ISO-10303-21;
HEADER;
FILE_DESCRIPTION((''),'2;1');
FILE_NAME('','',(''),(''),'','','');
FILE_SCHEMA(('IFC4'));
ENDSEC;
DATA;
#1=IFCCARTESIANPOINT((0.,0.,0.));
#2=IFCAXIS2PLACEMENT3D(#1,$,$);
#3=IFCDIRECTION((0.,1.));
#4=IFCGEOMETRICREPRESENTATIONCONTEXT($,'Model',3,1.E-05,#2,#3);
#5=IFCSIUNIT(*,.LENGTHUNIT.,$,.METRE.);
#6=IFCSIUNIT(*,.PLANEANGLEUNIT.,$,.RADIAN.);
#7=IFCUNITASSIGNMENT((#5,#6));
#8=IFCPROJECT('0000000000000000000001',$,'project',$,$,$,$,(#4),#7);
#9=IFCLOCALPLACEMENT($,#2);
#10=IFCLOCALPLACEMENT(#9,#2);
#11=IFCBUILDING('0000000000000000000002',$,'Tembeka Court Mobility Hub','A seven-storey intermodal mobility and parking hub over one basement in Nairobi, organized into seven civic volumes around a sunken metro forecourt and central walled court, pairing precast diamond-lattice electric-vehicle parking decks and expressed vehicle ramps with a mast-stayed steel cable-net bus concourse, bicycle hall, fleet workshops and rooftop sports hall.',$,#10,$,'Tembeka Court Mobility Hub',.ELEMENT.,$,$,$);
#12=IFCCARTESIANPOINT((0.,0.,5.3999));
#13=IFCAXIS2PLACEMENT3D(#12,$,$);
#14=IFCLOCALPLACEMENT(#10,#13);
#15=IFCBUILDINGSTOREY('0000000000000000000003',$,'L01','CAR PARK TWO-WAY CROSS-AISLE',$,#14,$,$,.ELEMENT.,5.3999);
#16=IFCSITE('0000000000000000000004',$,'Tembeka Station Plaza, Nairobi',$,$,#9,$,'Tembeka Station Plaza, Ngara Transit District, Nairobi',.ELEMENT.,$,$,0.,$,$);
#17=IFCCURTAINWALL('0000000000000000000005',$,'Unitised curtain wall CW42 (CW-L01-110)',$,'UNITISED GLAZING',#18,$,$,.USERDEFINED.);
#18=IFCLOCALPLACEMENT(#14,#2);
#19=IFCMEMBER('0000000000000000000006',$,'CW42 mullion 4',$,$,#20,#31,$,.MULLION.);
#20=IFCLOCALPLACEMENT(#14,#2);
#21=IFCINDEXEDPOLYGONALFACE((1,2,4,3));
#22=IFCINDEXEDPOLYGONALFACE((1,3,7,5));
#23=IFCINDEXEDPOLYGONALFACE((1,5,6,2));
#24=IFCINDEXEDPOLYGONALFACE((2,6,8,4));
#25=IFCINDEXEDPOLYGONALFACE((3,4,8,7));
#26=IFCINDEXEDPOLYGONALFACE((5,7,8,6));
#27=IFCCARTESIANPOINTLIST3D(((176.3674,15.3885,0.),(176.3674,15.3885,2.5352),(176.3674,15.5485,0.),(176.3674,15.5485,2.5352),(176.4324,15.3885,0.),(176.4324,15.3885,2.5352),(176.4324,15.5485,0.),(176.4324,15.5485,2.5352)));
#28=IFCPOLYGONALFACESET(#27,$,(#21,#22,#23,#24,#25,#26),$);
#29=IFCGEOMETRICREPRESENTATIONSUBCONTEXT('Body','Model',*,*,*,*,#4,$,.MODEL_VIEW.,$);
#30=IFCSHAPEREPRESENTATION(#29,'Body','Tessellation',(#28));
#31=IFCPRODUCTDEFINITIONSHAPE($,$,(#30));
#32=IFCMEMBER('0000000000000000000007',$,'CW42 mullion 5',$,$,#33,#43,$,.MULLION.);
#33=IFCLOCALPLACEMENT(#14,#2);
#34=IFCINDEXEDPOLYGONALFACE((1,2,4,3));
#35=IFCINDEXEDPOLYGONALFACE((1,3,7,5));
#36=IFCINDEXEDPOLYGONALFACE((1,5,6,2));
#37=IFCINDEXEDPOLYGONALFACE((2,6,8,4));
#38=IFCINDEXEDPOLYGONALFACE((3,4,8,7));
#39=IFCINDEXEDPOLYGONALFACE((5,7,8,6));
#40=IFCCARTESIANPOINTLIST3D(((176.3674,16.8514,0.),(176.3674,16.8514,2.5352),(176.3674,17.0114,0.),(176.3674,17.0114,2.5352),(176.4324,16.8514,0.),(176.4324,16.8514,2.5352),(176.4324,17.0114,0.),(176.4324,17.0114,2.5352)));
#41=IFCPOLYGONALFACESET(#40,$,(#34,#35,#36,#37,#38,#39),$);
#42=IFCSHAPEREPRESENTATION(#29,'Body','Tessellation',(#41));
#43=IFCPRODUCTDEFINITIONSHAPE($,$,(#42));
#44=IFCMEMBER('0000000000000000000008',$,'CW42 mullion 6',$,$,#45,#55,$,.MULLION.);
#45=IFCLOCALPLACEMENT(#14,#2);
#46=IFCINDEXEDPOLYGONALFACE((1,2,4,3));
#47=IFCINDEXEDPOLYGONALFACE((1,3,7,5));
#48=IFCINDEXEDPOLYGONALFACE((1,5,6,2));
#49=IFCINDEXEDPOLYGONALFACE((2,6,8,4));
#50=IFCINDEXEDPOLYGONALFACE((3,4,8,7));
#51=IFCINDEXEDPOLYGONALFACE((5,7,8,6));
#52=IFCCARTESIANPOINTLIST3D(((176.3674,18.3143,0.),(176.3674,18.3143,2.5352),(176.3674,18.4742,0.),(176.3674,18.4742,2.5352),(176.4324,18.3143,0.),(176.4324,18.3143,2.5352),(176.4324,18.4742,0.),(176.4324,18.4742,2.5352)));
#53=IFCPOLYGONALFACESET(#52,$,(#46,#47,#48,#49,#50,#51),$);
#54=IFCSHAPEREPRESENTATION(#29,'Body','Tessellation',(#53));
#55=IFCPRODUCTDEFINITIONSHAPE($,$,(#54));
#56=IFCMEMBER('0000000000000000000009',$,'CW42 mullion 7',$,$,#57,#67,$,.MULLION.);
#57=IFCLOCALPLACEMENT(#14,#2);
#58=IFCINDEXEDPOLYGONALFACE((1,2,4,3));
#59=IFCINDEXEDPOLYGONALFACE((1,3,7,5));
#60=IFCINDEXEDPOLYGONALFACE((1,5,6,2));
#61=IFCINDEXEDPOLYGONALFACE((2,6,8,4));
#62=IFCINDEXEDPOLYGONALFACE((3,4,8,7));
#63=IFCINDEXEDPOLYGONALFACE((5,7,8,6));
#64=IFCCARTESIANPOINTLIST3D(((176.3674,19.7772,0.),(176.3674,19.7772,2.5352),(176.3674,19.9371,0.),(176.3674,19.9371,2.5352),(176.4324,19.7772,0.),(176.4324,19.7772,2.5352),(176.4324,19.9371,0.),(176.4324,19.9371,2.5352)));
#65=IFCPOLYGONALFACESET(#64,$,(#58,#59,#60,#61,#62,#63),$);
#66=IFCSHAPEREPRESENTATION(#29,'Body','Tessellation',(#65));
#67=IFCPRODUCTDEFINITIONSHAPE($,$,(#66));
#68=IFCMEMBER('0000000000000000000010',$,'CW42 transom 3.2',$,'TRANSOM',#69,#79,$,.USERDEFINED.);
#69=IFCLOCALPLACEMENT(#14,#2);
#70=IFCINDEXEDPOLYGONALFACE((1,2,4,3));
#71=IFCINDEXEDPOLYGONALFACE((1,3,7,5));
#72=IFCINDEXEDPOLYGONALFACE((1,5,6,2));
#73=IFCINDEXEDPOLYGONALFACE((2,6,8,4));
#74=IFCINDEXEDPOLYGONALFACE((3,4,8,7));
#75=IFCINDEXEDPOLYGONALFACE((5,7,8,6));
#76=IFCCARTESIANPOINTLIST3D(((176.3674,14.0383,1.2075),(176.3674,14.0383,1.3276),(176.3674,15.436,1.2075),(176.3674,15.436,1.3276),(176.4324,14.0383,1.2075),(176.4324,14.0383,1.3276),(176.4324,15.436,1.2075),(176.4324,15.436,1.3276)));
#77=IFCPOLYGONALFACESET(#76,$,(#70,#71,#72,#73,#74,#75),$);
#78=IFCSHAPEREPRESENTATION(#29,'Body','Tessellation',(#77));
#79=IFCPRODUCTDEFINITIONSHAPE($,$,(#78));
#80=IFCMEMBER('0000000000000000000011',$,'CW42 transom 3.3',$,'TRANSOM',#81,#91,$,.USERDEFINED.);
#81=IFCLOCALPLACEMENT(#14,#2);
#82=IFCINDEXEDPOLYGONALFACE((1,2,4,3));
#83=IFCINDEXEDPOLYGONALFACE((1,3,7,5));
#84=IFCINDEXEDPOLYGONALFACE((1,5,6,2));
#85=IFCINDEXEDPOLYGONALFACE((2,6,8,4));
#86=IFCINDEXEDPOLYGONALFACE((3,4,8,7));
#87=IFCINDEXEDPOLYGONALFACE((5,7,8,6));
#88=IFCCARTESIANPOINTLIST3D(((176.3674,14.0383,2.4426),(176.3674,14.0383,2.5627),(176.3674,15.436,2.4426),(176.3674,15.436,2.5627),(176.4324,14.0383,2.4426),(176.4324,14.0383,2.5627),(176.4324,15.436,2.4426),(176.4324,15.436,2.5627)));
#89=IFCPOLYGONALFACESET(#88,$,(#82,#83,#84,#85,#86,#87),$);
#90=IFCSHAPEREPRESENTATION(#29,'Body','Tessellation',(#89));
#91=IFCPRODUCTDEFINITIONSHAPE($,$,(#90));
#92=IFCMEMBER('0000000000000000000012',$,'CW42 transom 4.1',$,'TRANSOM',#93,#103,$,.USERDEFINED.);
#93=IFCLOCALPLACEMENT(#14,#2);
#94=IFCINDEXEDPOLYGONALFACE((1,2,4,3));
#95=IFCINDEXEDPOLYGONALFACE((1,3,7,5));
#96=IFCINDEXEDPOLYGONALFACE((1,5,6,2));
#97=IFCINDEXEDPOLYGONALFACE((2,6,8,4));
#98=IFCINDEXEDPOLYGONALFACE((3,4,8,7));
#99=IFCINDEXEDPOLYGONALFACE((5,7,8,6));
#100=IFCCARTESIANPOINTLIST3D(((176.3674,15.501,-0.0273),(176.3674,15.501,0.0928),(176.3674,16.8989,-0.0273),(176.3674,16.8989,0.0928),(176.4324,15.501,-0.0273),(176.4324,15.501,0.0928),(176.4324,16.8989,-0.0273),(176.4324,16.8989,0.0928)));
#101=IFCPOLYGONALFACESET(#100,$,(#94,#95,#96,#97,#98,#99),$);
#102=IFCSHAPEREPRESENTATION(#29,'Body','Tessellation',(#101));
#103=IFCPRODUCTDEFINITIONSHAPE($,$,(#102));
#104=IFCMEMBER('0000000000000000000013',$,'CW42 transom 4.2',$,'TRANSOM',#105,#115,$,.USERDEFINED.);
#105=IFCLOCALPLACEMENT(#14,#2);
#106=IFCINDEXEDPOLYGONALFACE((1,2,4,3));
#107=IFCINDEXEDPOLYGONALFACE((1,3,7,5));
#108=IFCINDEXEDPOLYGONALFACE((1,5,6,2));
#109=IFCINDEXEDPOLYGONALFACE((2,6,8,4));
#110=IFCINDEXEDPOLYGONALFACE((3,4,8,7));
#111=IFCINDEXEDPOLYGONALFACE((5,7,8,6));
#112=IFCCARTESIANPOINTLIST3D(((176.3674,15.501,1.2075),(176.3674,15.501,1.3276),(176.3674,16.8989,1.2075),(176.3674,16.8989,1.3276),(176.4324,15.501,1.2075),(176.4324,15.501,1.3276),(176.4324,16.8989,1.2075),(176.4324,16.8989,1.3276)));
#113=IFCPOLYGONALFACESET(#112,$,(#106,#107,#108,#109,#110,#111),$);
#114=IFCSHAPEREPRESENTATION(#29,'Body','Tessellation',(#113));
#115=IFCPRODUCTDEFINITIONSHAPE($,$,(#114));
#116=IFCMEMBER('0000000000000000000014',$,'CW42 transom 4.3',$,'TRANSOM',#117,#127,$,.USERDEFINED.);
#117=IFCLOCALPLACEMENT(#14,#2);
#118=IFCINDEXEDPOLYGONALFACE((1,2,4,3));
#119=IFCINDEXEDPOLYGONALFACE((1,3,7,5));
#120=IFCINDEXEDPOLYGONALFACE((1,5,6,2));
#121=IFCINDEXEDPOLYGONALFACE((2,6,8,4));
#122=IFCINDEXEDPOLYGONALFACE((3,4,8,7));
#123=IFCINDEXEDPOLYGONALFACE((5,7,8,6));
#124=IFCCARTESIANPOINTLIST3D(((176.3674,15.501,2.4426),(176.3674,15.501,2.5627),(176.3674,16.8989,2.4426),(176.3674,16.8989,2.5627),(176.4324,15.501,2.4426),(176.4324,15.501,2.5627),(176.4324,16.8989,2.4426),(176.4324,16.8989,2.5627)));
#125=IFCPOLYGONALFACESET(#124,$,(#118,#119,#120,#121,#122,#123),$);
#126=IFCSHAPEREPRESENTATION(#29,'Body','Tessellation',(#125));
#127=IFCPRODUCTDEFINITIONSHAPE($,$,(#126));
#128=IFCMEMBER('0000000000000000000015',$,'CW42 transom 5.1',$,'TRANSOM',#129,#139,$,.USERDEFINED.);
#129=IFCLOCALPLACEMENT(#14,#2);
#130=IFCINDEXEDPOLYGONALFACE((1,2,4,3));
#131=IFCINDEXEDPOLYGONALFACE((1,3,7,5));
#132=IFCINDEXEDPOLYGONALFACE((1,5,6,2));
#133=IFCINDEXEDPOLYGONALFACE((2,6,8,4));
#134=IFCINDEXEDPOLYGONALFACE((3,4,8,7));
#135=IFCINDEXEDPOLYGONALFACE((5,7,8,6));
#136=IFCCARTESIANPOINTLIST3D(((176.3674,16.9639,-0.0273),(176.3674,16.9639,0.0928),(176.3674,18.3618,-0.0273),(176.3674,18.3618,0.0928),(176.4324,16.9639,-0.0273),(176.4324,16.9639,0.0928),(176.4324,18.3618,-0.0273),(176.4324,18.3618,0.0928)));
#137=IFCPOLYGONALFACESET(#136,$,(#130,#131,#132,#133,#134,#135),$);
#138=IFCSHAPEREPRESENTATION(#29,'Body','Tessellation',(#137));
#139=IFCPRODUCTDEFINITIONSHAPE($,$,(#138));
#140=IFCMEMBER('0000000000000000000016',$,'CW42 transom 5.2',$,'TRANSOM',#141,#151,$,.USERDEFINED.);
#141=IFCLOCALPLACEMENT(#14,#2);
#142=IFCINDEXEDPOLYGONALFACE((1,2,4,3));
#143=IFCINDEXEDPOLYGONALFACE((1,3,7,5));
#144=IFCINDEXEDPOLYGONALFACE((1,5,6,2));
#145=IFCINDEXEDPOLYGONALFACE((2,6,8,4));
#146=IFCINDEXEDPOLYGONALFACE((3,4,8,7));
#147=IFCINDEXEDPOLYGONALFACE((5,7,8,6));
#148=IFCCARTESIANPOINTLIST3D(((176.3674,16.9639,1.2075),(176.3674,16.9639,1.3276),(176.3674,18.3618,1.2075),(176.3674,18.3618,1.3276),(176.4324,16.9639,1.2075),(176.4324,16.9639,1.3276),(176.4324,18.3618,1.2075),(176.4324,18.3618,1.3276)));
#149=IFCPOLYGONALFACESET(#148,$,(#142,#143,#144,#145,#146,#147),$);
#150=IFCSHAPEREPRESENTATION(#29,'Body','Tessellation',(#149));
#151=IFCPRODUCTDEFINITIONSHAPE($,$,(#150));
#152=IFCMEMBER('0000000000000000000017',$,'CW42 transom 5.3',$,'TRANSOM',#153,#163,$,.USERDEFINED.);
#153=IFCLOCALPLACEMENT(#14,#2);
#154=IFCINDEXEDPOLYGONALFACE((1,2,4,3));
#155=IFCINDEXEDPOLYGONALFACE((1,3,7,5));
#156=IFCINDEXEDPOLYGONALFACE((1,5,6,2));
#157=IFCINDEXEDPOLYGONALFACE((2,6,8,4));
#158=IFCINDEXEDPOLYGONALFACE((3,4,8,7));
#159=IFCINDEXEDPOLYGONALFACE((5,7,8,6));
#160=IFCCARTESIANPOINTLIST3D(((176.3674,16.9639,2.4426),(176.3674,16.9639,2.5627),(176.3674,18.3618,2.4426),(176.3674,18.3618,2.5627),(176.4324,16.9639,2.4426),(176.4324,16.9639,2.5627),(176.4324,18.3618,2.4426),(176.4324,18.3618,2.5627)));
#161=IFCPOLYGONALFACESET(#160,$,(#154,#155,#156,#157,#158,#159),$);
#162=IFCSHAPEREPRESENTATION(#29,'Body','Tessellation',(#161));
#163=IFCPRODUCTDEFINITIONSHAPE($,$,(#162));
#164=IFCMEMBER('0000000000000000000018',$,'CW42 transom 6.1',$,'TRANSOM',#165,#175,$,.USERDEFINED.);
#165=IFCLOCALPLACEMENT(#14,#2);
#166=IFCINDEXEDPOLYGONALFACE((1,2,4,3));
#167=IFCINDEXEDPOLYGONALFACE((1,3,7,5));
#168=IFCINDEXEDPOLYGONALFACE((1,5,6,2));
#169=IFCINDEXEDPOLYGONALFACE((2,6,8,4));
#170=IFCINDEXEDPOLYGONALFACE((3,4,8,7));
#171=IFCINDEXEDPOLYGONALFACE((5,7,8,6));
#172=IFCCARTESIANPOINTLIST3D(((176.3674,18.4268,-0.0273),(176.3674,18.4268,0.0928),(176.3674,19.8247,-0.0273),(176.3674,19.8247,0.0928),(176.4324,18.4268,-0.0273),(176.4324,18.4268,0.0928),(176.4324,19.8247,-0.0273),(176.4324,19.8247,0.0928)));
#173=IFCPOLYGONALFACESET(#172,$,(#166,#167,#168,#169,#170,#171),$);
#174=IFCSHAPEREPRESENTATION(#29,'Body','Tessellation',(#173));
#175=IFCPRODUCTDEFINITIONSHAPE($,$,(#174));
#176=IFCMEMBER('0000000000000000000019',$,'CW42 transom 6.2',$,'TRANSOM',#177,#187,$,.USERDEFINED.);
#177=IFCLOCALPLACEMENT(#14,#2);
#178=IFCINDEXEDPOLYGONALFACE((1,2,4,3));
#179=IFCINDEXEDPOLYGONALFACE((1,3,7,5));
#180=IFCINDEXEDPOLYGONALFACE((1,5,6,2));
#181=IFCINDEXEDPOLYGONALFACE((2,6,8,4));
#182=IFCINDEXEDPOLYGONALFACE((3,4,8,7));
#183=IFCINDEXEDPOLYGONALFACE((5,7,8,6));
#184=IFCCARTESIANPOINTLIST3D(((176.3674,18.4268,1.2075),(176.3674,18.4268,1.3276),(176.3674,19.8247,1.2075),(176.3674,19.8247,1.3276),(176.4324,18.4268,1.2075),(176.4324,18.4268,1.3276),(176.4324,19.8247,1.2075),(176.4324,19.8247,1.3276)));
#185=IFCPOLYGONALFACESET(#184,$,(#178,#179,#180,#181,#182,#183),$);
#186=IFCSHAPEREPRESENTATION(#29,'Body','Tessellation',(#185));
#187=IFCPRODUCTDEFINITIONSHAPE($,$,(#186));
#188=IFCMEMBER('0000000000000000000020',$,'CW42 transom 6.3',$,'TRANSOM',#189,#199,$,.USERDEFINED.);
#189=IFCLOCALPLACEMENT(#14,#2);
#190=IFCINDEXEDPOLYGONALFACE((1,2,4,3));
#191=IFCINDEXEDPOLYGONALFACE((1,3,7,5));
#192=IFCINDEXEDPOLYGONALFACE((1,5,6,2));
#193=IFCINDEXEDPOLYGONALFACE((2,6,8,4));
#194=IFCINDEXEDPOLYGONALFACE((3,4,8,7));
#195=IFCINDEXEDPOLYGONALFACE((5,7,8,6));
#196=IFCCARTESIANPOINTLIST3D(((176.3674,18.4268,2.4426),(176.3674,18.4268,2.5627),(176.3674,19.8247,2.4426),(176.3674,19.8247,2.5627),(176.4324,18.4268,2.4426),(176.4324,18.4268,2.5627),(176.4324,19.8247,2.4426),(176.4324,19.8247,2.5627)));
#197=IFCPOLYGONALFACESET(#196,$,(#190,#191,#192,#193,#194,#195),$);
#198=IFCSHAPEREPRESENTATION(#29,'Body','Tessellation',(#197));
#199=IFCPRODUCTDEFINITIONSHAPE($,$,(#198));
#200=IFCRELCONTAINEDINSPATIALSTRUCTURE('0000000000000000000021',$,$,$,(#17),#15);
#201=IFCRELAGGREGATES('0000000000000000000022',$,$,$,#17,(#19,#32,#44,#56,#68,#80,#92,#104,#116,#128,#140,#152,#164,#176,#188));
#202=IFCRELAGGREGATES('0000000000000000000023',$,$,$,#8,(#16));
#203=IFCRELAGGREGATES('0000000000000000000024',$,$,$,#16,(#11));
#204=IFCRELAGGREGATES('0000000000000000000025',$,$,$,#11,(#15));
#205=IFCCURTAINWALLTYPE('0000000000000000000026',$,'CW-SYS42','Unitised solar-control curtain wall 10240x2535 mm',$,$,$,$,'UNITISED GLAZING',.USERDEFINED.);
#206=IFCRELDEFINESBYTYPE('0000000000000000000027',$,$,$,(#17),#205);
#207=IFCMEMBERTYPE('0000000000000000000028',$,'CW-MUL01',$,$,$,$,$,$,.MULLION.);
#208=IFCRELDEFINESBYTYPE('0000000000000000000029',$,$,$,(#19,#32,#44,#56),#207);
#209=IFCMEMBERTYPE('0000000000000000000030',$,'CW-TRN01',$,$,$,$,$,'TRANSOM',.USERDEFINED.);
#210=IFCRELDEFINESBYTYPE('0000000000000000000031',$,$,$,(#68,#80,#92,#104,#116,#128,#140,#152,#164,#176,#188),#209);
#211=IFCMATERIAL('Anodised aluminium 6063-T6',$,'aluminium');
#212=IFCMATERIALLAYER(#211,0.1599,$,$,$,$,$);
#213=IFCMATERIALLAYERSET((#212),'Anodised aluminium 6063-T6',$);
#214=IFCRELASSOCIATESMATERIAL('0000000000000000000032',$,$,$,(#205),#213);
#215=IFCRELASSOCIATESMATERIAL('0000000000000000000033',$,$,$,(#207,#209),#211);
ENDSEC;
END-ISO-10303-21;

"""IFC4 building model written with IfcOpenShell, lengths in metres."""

from ifc_helpers import new_model, si_unit, direction, frame, origin, origin_2d, place, context, subcontext, project, spatial, rectangle, extrude, material, layer, layer_set, material_profile, profile_set, type_object, element, aggregate, save


model = new_model("IFC4")

# Units and contexts
model_context = context("Model", 3, precision=1e-05, world=origin(), true_north=direction((0.0, 1.0)))
body_context = subcontext(model_context, "Body", "Model", "MODEL_VIEW")
ifc_project = project(units=[si_unit("LENGTHUNIT", "METRE"), si_unit("PLANEANGLEUNIT", "RADIAN")], contexts=[model_context])

# Site, building, storey
site_placement = place(None, origin())
site = spatial("IfcSite", under=ifc_project, at=site_placement, Name="Tembeka Station Plaza, Nairobi", LongName="Tembeka Station Plaza, Ngara Transit District, Nairobi", CompositionType="ELEMENT", RefElevation=0.0)
building_placement = place(site_placement, origin())
building = spatial("IfcBuilding", under=site, at=building_placement, Name="Tembeka Court Mobility Hub", Description="A seven-storey intermodal mobility and parking hub over one basement in Nairobi, organized into seven civic volumes around a sunken metro forecourt and central walled court, pairing precast diamond-lattice electric-vehicle parking decks and expressed vehicle ramps with a mast-stayed steel cable-net bus concourse, bicycle hall, fleet workshops and rooftop sports hall.", LongName="Tembeka Court Mobility Hub", CompositionType="ELEMENT")
storey_placement = place(building_placement, frame((0.0, 0.0, 5.3999)))
storey = spatial("IfcBuildingStorey", under=building, at=storey_placement, Name="L01", Description="CAR PARK TWO-WAY CROSS-AISLE", CompositionType="ELEMENT", Elevation=5.3999)

# Curtain wall, members
ifc_material_1 = material(Name="Anodised aluminium 6063-T6", Category="aluminium")
ifc_layer_1 = layer(ifc_material_1, 0.1599)
ifc_layer_set_1 = layer_set([ifc_layer_1], Name="Anodised aluminium 6063-T6")
curtain_wall_type = type_object("IfcCurtainWallType", Name="CW-SYS42", Description="Unitised solar-control curtain wall 10240x2535 mm", ElementType="UNITISED GLAZING", PredefinedType="USERDEFINED", material=ifc_layer_set_1)
curtain_wall_placement = place(storey_placement, origin())
curtain_wall = element("IfcCurtainWall", 1, at=curtain_wall_placement, inside=storey, type_object=curtain_wall_type, Name="Unitised curtain wall CW42 (CW-L01-110)", ObjectType="UNITISED GLAZING", PredefinedType="USERDEFINED")
ifc_material_profile_1 = material_profile(ifc_material_1, rectangle(XDim=0.0649, YDim=0.1599, at=origin_2d()), Name="ALU-MUL 65x160")
ifc_profile_set_1 = profile_set([ifc_material_profile_1], Name="Anodised aluminium 6063-T6")
member_type_1 = type_object("IfcMemberType", Name="CW-MUL01", PredefinedType="MULLION", material=ifc_profile_set_1)
member_1_placement = place(storey_placement, frame((176.3999, 15.4685, 0.0), z_axis=(0.0, 0.0, 1.0), x_axis=(-1.0, 0.0, 0.0)))
member_1 = element("IfcMember", 2, at=member_1_placement, type_object=member_type_1, Name="CW42 mullion 4", PredefinedType="MULLION", context=body_context, shape_type="SweptSolid", body=[
    extrude(rectangle(XDim=0.0649, YDim=0.1599, at=origin_2d()), origin(), (0.0, 0.0, 1.0), 2.5352),
])
member_2_placement = place(storey_placement, frame((176.3999, 16.9314, 0.0), z_axis=(0.0, 0.0, 1.0), x_axis=(-1.0, 0.0, 0.0)))
member_2 = element("IfcMember", 3, at=member_2_placement, type_object=member_type_1, Name="CW42 mullion 5", PredefinedType="MULLION", context=body_context, shape_type="SweptSolid", body=[
    extrude(rectangle(XDim=0.0649, YDim=0.1599, at=origin_2d()), origin(), (0.0, 0.0, 1.0), 2.5352),
])
member_3_placement = place(storey_placement, frame((176.3999, 18.3943, 0.0), z_axis=(0.0, 0.0, 1.0), x_axis=(-1.0, 0.0, 0.0)))
member_3 = element("IfcMember", 4, at=member_3_placement, type_object=member_type_1, Name="CW42 mullion 6", PredefinedType="MULLION", context=body_context, shape_type="SweptSolid", body=[
    extrude(rectangle(XDim=0.0649, YDim=0.1599, at=origin_2d()), origin(), (0.0, 0.0, 1.0), 2.5352),
])
member_4_placement = place(storey_placement, frame((176.3999, 19.8572, 0.0), z_axis=(0.0, 0.0, 1.0), x_axis=(-1.0, 0.0, 0.0)))
member_4 = element("IfcMember", 5, at=member_4_placement, type_object=member_type_1, Name="CW42 mullion 7", PredefinedType="MULLION", context=body_context, shape_type="SweptSolid", body=[
    extrude(rectangle(XDim=0.0649, YDim=0.1599, at=origin_2d()), origin(), (0.0, 0.0, 1.0), 2.5352),
])
ifc_material_profile_2 = material_profile(ifc_material_1, rectangle(XDim=0.0649, YDim=0.1201, at=origin_2d()), Name="ALU-TRN 65x120")
ifc_profile_set_2 = profile_set([ifc_material_profile_2], Name="Anodised aluminium 6063-T6")
member_type_2 = type_object("IfcMemberType", Name="CW-TRN01", ElementType="TRANSOM", PredefinedType="USERDEFINED", material=ifc_profile_set_2)
member_5_placement = place(storey_placement, frame((176.3999, 14.0383, 1.2676), z_axis=(0.0, 1.0, 0.0), x_axis=(-1.0, 0.0, 0.0)))
member_5 = element("IfcMember", 6, at=member_5_placement, type_object=member_type_2, Name="CW42 transom 3.2", ObjectType="TRANSOM", PredefinedType="USERDEFINED", context=body_context, shape_type="SweptSolid", body=[
    extrude(rectangle(XDim=0.0649, YDim=0.1201, at=origin_2d()), origin(), (0.0, 0.0, 1.0), 1.3977),
])
member_6_placement = place(storey_placement, frame((176.3999, 14.0383, 2.5027), z_axis=(0.0, 1.0, 0.0), x_axis=(-1.0, 0.0, 0.0)))
member_6 = element("IfcMember", 7, at=member_6_placement, type_object=member_type_2, Name="CW42 transom 3.3", ObjectType="TRANSOM", PredefinedType="USERDEFINED", context=body_context, shape_type="SweptSolid", body=[
    extrude(rectangle(XDim=0.0649, YDim=0.1201, at=origin_2d()), origin(), (0.0, 0.0, 1.0), 1.3977),
])
member_7_placement = place(storey_placement, frame((176.3999, 15.501, 0.0327), z_axis=(0.0, 1.0, 0.0), x_axis=(-1.0, 0.0, 0.0)))
member_7 = element("IfcMember", 8, at=member_7_placement, type_object=member_type_2, Name="CW42 transom 4.1", ObjectType="TRANSOM", PredefinedType="USERDEFINED", context=body_context, shape_type="SweptSolid", body=[
    extrude(rectangle(XDim=0.0649, YDim=0.1201, at=origin_2d()), origin(), (0.0, 0.0, 1.0), 1.3979),
])
member_8_placement = place(storey_placement, frame((176.3999, 15.501, 1.2676), z_axis=(0.0, 1.0, 0.0), x_axis=(-1.0, 0.0, 0.0)))
member_8 = element("IfcMember", 9, at=member_8_placement, type_object=member_type_2, Name="CW42 transom 4.2", ObjectType="TRANSOM", PredefinedType="USERDEFINED", context=body_context, shape_type="SweptSolid", body=[
    extrude(rectangle(XDim=0.0649, YDim=0.1201, at=origin_2d()), origin(), (0.0, 0.0, 1.0), 1.3979),
])
member_9_placement = place(storey_placement, frame((176.3999, 15.501, 2.5027), z_axis=(0.0, 1.0, 0.0), x_axis=(-1.0, 0.0, 0.0)))
member_9 = element("IfcMember", 10, at=member_9_placement, type_object=member_type_2, Name="CW42 transom 4.3", ObjectType="TRANSOM", PredefinedType="USERDEFINED", context=body_context, shape_type="SweptSolid", body=[
    extrude(rectangle(XDim=0.0649, YDim=0.1201, at=origin_2d()), origin(), (0.0, 0.0, 1.0), 1.3979),
])
member_10_placement = place(storey_placement, frame((176.3999, 16.9639, 0.0327), z_axis=(0.0, 1.0, 0.0), x_axis=(-1.0, 0.0, 0.0)))
member_10 = element("IfcMember", 11, at=member_10_placement, type_object=member_type_2, Name="CW42 transom 5.1", ObjectType="TRANSOM", PredefinedType="USERDEFINED", context=body_context, shape_type="SweptSolid", body=[
    extrude(rectangle(XDim=0.0649, YDim=0.1201, at=origin_2d()), origin(), (0.0, 0.0, 1.0), 1.3979),
])
member_11_placement = place(storey_placement, frame((176.3999, 16.9639, 1.2676), z_axis=(0.0, 1.0, 0.0), x_axis=(-1.0, 0.0, 0.0)))
member_11 = element("IfcMember", 12, at=member_11_placement, type_object=member_type_2, Name="CW42 transom 5.2", ObjectType="TRANSOM", PredefinedType="USERDEFINED", context=body_context, shape_type="SweptSolid", body=[
    extrude(rectangle(XDim=0.0649, YDim=0.1201, at=origin_2d()), origin(), (0.0, 0.0, 1.0), 1.3979),
])
member_12_placement = place(storey_placement, frame((176.3999, 16.9639, 2.5027), z_axis=(0.0, 1.0, 0.0), x_axis=(-1.0, 0.0, 0.0)))
member_12 = element("IfcMember", 13, at=member_12_placement, type_object=member_type_2, Name="CW42 transom 5.3", ObjectType="TRANSOM", PredefinedType="USERDEFINED", context=body_context, shape_type="SweptSolid", body=[
    extrude(rectangle(XDim=0.0649, YDim=0.1201, at=origin_2d()), origin(), (0.0, 0.0, 1.0), 1.3979),
])
member_13_placement = place(storey_placement, frame((176.3999, 18.4268, 0.0327), z_axis=(0.0, 1.0, 0.0), x_axis=(-1.0, 0.0, 0.0)))
member_13 = element("IfcMember", 14, at=member_13_placement, type_object=member_type_2, Name="CW42 transom 6.1", ObjectType="TRANSOM", PredefinedType="USERDEFINED", context=body_context, shape_type="SweptSolid", body=[
    extrude(rectangle(XDim=0.0649, YDim=0.1201, at=origin_2d()), origin(), (0.0, 0.0, 1.0), 1.3979),
])
member_14_placement = place(storey_placement, frame((176.3999, 18.4268, 1.2676), z_axis=(0.0, 1.0, 0.0), x_axis=(-1.0, 0.0, 0.0)))
member_14 = element("IfcMember", 15, at=member_14_placement, type_object=member_type_2, Name="CW42 transom 6.2", ObjectType="TRANSOM", PredefinedType="USERDEFINED", context=body_context, shape_type="SweptSolid", body=[
    extrude(rectangle(XDim=0.0649, YDim=0.1201, at=origin_2d()), origin(), (0.0, 0.0, 1.0), 1.3979),
])
member_15_placement = place(storey_placement, frame((176.3999, 18.4268, 2.5027), z_axis=(0.0, 1.0, 0.0), x_axis=(-1.0, 0.0, 0.0)))
member_15 = element("IfcMember", 16, at=member_15_placement, type_object=member_type_2, Name="CW42 transom 6.3", ObjectType="TRANSOM", PredefinedType="USERDEFINED", context=body_context, shape_type="SweptSolid", body=[
    extrude(rectangle(XDim=0.0649, YDim=0.1201, at=origin_2d()), origin(), (0.0, 0.0, 1.0), 1.3979),
])
aggregate(curtain_wall, [member_1, member_2, member_3, member_4, member_5, member_6, member_7, member_8, member_9, member_10, member_11, member_12, member_13, member_14, member_15])

save(model, "model.ifc")
